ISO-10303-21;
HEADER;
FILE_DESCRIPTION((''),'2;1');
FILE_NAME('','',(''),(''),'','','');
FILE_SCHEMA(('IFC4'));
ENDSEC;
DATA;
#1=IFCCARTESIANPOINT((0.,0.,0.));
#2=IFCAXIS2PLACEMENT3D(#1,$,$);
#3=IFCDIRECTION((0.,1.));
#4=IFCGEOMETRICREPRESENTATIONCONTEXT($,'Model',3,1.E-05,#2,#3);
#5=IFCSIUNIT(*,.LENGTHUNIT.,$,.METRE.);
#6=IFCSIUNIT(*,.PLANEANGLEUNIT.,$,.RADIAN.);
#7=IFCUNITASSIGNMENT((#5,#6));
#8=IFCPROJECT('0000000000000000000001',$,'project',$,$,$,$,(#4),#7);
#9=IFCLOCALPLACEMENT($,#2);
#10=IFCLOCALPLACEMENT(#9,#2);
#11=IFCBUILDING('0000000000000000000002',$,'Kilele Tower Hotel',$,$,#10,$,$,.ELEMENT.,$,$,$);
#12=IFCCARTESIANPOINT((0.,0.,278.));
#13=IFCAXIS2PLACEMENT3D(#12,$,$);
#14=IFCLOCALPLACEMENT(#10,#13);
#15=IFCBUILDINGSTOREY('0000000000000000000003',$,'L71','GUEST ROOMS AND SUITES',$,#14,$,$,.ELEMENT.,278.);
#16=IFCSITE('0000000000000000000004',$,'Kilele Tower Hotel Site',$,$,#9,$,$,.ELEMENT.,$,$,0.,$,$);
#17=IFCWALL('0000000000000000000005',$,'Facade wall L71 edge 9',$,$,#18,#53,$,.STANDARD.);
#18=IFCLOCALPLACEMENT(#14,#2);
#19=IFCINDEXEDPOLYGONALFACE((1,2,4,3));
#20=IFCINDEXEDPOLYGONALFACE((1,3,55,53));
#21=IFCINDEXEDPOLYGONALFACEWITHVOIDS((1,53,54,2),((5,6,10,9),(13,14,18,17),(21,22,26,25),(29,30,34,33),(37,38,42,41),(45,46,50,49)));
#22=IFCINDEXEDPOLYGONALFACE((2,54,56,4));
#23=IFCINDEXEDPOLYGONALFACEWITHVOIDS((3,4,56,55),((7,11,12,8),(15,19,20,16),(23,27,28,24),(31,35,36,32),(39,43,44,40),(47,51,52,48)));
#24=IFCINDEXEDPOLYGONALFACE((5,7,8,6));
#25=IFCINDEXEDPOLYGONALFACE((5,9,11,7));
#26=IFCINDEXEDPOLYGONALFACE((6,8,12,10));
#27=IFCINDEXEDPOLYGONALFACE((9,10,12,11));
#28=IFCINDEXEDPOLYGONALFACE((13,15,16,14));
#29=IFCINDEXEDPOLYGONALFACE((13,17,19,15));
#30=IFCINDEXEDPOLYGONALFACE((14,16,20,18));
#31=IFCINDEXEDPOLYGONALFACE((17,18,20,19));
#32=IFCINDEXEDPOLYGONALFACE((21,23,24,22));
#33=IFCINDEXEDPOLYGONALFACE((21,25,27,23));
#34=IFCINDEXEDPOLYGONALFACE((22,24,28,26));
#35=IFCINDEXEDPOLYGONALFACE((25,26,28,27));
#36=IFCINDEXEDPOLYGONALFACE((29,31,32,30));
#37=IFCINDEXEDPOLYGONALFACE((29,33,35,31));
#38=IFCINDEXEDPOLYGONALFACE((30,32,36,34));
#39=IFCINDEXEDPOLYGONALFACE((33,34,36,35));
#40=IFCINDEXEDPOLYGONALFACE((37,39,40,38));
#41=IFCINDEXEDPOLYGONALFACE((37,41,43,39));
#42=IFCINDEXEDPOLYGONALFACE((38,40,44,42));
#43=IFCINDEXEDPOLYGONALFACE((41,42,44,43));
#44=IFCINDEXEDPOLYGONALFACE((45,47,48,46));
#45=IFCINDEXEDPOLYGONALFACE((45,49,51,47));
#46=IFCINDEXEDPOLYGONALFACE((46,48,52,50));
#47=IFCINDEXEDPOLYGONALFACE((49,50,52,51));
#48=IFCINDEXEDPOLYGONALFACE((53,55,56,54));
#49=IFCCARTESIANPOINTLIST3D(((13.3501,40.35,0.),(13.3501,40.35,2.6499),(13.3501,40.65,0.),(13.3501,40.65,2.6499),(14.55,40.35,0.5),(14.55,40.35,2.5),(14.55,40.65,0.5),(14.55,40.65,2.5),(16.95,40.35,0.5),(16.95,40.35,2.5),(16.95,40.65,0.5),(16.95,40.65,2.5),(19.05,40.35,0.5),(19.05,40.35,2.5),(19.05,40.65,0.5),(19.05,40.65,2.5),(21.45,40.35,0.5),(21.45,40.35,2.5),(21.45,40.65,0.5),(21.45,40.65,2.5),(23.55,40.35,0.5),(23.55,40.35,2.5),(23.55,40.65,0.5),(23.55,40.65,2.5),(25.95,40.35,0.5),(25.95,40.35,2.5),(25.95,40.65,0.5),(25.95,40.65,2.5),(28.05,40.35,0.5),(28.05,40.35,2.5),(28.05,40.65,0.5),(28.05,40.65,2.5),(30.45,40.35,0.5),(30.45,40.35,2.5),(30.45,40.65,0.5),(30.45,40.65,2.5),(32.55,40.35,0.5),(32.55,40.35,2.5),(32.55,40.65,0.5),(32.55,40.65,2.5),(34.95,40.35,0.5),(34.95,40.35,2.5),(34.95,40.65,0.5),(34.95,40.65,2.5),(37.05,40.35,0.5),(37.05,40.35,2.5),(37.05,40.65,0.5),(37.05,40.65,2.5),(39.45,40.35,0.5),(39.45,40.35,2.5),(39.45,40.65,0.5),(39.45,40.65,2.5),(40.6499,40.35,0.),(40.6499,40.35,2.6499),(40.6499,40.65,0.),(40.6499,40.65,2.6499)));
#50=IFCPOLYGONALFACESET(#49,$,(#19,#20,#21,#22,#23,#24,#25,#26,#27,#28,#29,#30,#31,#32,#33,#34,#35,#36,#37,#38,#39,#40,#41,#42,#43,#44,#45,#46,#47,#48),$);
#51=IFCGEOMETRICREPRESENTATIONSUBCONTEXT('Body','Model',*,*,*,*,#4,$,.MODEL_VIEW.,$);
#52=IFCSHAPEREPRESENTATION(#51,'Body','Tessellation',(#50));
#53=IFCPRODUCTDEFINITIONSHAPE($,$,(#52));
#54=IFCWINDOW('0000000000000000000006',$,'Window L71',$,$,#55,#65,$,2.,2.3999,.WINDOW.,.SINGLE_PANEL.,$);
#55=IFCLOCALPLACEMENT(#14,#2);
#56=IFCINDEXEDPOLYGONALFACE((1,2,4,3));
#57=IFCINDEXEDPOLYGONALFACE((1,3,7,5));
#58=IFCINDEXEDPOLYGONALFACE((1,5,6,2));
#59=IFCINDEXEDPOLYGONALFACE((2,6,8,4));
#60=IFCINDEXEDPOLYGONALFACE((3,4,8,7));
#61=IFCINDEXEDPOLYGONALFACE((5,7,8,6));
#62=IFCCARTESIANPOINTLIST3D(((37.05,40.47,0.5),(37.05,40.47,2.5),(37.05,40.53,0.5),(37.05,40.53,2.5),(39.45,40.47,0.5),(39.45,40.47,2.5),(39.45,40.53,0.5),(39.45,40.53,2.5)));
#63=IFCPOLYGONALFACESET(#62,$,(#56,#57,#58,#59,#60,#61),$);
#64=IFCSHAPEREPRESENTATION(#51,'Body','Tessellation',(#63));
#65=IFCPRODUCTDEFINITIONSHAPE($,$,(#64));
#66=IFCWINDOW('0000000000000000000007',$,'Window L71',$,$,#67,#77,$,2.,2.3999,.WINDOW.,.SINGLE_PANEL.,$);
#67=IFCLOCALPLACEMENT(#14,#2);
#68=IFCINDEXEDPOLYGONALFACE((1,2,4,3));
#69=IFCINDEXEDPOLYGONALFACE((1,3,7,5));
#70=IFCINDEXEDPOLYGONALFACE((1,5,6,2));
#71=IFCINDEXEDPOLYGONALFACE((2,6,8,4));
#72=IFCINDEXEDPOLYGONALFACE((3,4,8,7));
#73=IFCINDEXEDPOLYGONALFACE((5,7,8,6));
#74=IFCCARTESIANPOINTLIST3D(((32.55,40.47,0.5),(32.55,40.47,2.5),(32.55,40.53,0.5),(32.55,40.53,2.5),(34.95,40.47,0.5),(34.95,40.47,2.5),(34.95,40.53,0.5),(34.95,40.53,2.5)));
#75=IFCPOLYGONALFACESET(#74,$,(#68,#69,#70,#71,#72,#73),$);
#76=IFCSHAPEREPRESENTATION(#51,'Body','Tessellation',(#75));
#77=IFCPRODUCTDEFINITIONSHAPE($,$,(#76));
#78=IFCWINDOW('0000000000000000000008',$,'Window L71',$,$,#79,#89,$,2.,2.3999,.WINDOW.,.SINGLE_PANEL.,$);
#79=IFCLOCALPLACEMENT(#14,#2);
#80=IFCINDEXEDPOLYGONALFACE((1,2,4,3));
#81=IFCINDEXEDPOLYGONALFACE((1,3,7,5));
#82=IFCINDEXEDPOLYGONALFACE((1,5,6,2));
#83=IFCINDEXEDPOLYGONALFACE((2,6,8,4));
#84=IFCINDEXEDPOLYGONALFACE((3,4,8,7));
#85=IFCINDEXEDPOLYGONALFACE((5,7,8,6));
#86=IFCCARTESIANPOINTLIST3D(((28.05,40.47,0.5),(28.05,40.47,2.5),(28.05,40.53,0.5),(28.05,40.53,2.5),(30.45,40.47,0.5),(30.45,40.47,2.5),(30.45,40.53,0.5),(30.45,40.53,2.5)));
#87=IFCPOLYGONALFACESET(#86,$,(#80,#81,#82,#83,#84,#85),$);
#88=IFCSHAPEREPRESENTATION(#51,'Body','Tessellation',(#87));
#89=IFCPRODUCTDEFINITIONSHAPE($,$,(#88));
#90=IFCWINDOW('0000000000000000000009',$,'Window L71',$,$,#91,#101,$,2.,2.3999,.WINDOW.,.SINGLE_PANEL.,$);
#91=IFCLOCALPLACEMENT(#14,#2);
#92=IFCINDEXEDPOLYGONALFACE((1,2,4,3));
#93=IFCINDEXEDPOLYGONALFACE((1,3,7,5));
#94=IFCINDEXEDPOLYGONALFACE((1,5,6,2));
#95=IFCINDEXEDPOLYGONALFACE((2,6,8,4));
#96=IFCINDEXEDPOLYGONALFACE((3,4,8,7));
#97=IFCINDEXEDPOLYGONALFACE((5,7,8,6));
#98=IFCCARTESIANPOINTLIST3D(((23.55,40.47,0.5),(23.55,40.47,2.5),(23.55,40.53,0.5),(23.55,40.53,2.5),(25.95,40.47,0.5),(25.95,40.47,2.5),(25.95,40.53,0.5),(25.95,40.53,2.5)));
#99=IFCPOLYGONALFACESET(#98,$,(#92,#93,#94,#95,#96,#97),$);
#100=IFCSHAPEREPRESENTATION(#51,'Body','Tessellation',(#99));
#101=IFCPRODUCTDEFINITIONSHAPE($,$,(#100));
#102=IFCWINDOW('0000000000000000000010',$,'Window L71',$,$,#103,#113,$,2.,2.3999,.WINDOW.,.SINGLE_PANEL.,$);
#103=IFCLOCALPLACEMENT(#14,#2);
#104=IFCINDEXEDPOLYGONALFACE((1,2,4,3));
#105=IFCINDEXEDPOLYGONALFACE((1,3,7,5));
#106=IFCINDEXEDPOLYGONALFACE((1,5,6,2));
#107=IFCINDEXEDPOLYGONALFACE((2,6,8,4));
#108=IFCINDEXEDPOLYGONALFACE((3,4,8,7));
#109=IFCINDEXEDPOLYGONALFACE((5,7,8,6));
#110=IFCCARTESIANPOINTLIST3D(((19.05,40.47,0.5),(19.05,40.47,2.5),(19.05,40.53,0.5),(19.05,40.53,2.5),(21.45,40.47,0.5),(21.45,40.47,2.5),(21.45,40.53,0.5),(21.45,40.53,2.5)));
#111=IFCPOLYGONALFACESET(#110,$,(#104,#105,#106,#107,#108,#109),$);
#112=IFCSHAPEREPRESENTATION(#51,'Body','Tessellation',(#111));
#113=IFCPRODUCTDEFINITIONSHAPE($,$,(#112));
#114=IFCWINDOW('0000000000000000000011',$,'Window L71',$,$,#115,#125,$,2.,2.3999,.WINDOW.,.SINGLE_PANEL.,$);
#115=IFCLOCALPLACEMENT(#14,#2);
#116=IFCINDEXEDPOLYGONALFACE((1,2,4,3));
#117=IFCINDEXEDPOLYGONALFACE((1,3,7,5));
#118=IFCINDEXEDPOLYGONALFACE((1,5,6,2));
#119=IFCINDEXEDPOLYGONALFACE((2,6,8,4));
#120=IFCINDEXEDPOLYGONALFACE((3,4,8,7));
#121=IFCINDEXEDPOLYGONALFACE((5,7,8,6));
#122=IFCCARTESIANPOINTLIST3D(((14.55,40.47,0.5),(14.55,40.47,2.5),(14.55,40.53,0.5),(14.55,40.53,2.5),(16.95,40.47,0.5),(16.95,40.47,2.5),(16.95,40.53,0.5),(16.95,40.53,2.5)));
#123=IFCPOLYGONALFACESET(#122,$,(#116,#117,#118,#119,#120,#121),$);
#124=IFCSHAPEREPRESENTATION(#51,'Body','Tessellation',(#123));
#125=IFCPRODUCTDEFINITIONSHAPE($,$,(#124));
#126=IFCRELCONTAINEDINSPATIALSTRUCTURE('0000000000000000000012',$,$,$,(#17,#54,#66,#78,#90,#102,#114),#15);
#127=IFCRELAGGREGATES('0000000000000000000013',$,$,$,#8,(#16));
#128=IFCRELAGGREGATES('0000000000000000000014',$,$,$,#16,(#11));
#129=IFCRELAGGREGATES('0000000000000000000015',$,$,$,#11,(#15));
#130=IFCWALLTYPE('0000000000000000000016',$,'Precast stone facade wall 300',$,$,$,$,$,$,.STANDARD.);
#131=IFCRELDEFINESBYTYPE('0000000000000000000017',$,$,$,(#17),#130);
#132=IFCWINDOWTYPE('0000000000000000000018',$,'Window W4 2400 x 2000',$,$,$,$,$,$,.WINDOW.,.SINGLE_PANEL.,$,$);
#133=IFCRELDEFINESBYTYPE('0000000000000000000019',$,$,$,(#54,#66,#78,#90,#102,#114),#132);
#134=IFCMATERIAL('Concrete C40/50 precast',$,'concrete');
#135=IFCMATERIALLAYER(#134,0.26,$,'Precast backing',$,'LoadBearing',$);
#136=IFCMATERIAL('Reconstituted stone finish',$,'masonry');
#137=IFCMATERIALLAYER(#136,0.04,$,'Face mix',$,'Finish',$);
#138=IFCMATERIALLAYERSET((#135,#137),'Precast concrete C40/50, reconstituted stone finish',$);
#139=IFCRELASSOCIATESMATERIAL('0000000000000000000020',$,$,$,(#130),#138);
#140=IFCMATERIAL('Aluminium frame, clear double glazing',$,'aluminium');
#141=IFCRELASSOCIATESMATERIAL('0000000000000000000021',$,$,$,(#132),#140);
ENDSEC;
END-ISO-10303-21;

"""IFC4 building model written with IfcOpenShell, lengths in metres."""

from ifc_helpers import new_model, si_unit, direction, frame, frame_2d, origin, place, context, subcontext, project, spatial, rectangle, extrude, material, layer, layer_set, type_object, element, fill, save


model = new_model("IFC4")

# Units and contexts
model_context = context("Model", 3, precision=1e-05, world=origin(), true_north=direction((0.0, 1.0)))
body_context = subcontext(model_context, "Body", "Model", "MODEL_VIEW")
ifc_project = project(units=[si_unit("LENGTHUNIT", "METRE"), si_unit("PLANEANGLEUNIT", "RADIAN")], contexts=[model_context])

# Site, building, storey
site_placement = place(None, origin())
site = spatial("IfcSite", under=ifc_project, at=site_placement, Name="Kilele Tower Hotel Site", CompositionType="ELEMENT", RefElevation=0.0)
building_placement = place(site_placement, origin())
building = spatial("IfcBuilding", under=site, at=building_placement, Name="Kilele Tower Hotel", CompositionType="ELEMENT")
storey_placement = place(building_placement, frame((0.0, 0.0, 278.0)))
storey = spatial("IfcBuildingStorey", under=building, at=storey_placement, Name="L71", Description="GUEST ROOMS AND SUITES", CompositionType="ELEMENT", Elevation=278.0)

# Shared definitions
ifc_material_1 = material(Name="Concrete C40/50 precast", Category="concrete")
ifc_layer_1 = layer(ifc_material_1, 0.26, Name="Precast backing", Category="LoadBearing")
ifc_material_2 = material(Name="Reconstituted stone finish", Category="masonry")
ifc_layer_2 = layer(ifc_material_2, 0.04, Name="Face mix", Category="Finish")
ifc_layer_set = layer_set([ifc_layer_1, ifc_layer_2], Name="Precast concrete C40/50, reconstituted stone finish")
wall_type = type_object("IfcWallType", Name="Precast stone facade wall 300", PredefinedType="STANDARD", material=ifc_layer_set)
ifc_material_3 = material(Name="Aluminium frame, clear double glazing", Category="aluminium")
window_type = type_object("IfcWindowType", Name="Window W4 2400 x 2000", PartitioningType="SINGLE_PANEL", PredefinedType="WINDOW", material=ifc_material_3)

# Wall, openings, windows
wall_1_placement = place(storey_placement, frame((40.6499, 40.5, 0.0), z_axis=(0.0, 0.0, 1.0), x_axis=(-1.0, 0.0, 0.0)))
wall_1 = element("IfcWall", 1, at=wall_1_placement, inside=storey, type_object=wall_type, Name="Facade wall L71 edge 9", PredefinedType="STANDARD", context=body_context, shape_type="SweptSolid", body=[
    extrude(rectangle(XDim=27.2998, YDim=0.3, at=frame_2d((13.6499, 0.0))), origin(), (0.0, 0.0, 1.0), 2.6499),
])
opening_1_placement = place(wall_1_placement, frame((1.2, 0.0, 0.5)))
opening_1 = element("IfcOpeningElement", 2, at=opening_1_placement, cuts=wall_1, PredefinedType="OPENING", context=body_context, shape_type="SweptSolid", body=[
    extrude(rectangle(XDim=2.3999, YDim=2.0, at=frame_2d((1.2, 1.0))), frame((0.0, 0.1599, 0.0), z_axis=(0.0, -1.0, 0.0), x_axis=(1.0, 0.0, 0.0)), (0.0, 0.0, 1.0), 0.3201),
])
opening_2_placement = place(wall_1_placement, frame((5.7, 0.0, 0.5)))
opening_2 = element("IfcOpeningElement", 3, at=opening_2_placement, cuts=wall_1, PredefinedType="OPENING", context=body_context, shape_type="SweptSolid", body=[
    extrude(rectangle(XDim=2.3999, YDim=2.0, at=frame_2d((1.2, 1.0))), frame((0.0, 0.1599, 0.0), z_axis=(0.0, -1.0, 0.0), x_axis=(1.0, 0.0, 0.0)), (0.0, 0.0, 1.0), 0.3201),
])
opening_3_placement = place(wall_1_placement, frame((10.2, 0.0, 0.5)))
opening_3 = element("IfcOpeningElement", 4, at=opening_3_placement, cuts=wall_1, PredefinedType="OPENING", context=body_context, shape_type="SweptSolid", body=[
    extrude(rectangle(XDim=2.3999, YDim=2.0, at=frame_2d((1.2, 1.0))), frame((0.0, 0.1599, 0.0), z_axis=(0.0, -1.0, 0.0), x_axis=(1.0, 0.0, 0.0)), (0.0, 0.0, 1.0), 0.3201),
])
opening_4_placement = place(wall_1_placement, frame((14.7, 0.0, 0.5)))
opening_4 = element("IfcOpeningElement", 5, at=opening_4_placement, cuts=wall_1, PredefinedType="OPENING", context=body_context, shape_type="SweptSolid", body=[
    extrude(rectangle(XDim=2.3999, YDim=2.0, at=frame_2d((1.2, 1.0))), frame((0.0, 0.1599, 0.0), z_axis=(0.0, -1.0, 0.0), x_axis=(1.0, 0.0, 0.0)), (0.0, 0.0, 1.0), 0.3201),
])
opening_5_placement = place(wall_1_placement, frame((19.2, 0.0, 0.5)))
opening_5 = element("IfcOpeningElement", 6, at=opening_5_placement, cuts=wall_1, PredefinedType="OPENING", context=body_context, shape_type="SweptSolid", body=[
    extrude(rectangle(XDim=2.3999, YDim=2.0, at=frame_2d((1.2, 1.0))), frame((0.0, 0.1599, 0.0), z_axis=(0.0, -1.0, 0.0), x_axis=(1.0, 0.0, 0.0)), (0.0, 0.0, 1.0), 0.3201),
])
opening_6_placement = place(wall_1_placement, frame((23.7, 0.0, 0.5)))
opening_6 = element("IfcOpeningElement", 7, at=opening_6_placement, cuts=wall_1, PredefinedType="OPENING", context=body_context, shape_type="SweptSolid", body=[
    extrude(rectangle(XDim=2.3999, YDim=2.0, at=frame_2d((1.2, 1.0))), frame((0.0, 0.1599, 0.0), z_axis=(0.0, -1.0, 0.0), x_axis=(1.0, 0.0, 0.0)), (0.0, 0.0, 1.0), 0.3201),
])
window_1_placement = place(opening_1_placement, origin())
window_1 = element("IfcWindow", 8, at=window_1_placement, inside=storey, type_object=window_type, Name="Window L71", OverallHeight=2.0, OverallWidth=2.3999, PartitioningType="SINGLE_PANEL", PredefinedType="WINDOW", context=body_context, shape_type="SweptSolid", body=[
    extrude(rectangle(XDim=2.3999, YDim=2.0, at=frame_2d((1.2, 1.0))), frame((0.0, 0.03, 0.0), z_axis=(0.0, -1.0, 0.0), x_axis=(1.0, 0.0, 0.0)), (0.0, 0.0, 1.0), 0.0601),
])
fill(opening_1, window_1)
window_2_placement = place(opening_2_placement, origin())
window_2 = element("IfcWindow", 9, at=window_2_placement, inside=storey, type_object=window_type, Name="Window L71", OverallHeight=2.0, OverallWidth=2.3999, PartitioningType="SINGLE_PANEL", PredefinedType="WINDOW", context=body_context, shape_type="SweptSolid", body=[
    extrude(rectangle(XDim=2.3999, YDim=2.0, at=frame_2d((1.2, 1.0))), frame((0.0, 0.03, 0.0), z_axis=(0.0, -1.0, 0.0), x_axis=(1.0, 0.0, 0.0)), (0.0, 0.0, 1.0), 0.0601),
])
fill(opening_2, window_2)
window_3_placement = place(opening_3_placement, origin())
window_3 = element("IfcWindow", 10, at=window_3_placement, inside=storey, type_object=window_type, Name="Window L71", OverallHeight=2.0, OverallWidth=2.3999, PartitioningType="SINGLE_PANEL", PredefinedType="WINDOW", context=body_context, shape_type="SweptSolid", body=[
    extrude(rectangle(XDim=2.3999, YDim=2.0, at=frame_2d((1.2, 1.0))), frame((0.0, 0.03, 0.0), z_axis=(0.0, -1.0, 0.0), x_axis=(1.0, 0.0, 0.0)), (0.0, 0.0, 1.0), 0.0601),
])
fill(opening_3, window_3)
window_4_placement = place(opening_4_placement, origin())
window_4 = element("IfcWindow", 11, at=window_4_placement, inside=storey, type_object=window_type, Name="Window L71", OverallHeight=2.0, OverallWidth=2.3999, PartitioningType="SINGLE_PANEL", PredefinedType="WINDOW", context=body_context, shape_type="SweptSolid", body=[
    extrude(rectangle(XDim=2.3999, YDim=2.0, at=frame_2d((1.2, 1.0))), frame((0.0, 0.03, 0.0), z_axis=(0.0, -1.0, 0.0), x_axis=(1.0, 0.0, 0.0)), (0.0, 0.0, 1.0), 0.0601),
])
fill(opening_4, window_4)
window_5_placement = place(opening_5_placement, origin())
window_5 = element("IfcWindow", 12, at=window_5_placement, inside=storey, type_object=window_type, Name="Window L71", OverallHeight=2.0, OverallWidth=2.3999, PartitioningType="SINGLE_PANEL", PredefinedType="WINDOW", context=body_context, shape_type="SweptSolid", body=[
    extrude(rectangle(XDim=2.3999, YDim=2.0, at=frame_2d((1.2, 1.0))), frame((0.0, 0.03, 0.0), z_axis=(0.0, -1.0, 0.0), x_axis=(1.0, 0.0, 0.0)), (0.0, 0.0, 1.0), 0.0601),
])
fill(opening_5, window_5)
window_6_placement = place(opening_6_placement, origin())
window_6 = element("IfcWindow", 13, at=window_6_placement, inside=storey, type_object=window_type, Name="Window L71", OverallHeight=2.0, OverallWidth=2.3999, PartitioningType="SINGLE_PANEL", PredefinedType="WINDOW", context=body_context, shape_type="SweptSolid", body=[
    extrude(rectangle(XDim=2.3999, YDim=2.0, at=frame_2d((1.2, 1.0))), frame((0.0, 0.03, 0.0), z_axis=(0.0, -1.0, 0.0), x_axis=(1.0, 0.0, 0.0)), (0.0, 0.0, 1.0), 0.0601),
])
fill(opening_6, window_6)

save(model, "model.ifc")
